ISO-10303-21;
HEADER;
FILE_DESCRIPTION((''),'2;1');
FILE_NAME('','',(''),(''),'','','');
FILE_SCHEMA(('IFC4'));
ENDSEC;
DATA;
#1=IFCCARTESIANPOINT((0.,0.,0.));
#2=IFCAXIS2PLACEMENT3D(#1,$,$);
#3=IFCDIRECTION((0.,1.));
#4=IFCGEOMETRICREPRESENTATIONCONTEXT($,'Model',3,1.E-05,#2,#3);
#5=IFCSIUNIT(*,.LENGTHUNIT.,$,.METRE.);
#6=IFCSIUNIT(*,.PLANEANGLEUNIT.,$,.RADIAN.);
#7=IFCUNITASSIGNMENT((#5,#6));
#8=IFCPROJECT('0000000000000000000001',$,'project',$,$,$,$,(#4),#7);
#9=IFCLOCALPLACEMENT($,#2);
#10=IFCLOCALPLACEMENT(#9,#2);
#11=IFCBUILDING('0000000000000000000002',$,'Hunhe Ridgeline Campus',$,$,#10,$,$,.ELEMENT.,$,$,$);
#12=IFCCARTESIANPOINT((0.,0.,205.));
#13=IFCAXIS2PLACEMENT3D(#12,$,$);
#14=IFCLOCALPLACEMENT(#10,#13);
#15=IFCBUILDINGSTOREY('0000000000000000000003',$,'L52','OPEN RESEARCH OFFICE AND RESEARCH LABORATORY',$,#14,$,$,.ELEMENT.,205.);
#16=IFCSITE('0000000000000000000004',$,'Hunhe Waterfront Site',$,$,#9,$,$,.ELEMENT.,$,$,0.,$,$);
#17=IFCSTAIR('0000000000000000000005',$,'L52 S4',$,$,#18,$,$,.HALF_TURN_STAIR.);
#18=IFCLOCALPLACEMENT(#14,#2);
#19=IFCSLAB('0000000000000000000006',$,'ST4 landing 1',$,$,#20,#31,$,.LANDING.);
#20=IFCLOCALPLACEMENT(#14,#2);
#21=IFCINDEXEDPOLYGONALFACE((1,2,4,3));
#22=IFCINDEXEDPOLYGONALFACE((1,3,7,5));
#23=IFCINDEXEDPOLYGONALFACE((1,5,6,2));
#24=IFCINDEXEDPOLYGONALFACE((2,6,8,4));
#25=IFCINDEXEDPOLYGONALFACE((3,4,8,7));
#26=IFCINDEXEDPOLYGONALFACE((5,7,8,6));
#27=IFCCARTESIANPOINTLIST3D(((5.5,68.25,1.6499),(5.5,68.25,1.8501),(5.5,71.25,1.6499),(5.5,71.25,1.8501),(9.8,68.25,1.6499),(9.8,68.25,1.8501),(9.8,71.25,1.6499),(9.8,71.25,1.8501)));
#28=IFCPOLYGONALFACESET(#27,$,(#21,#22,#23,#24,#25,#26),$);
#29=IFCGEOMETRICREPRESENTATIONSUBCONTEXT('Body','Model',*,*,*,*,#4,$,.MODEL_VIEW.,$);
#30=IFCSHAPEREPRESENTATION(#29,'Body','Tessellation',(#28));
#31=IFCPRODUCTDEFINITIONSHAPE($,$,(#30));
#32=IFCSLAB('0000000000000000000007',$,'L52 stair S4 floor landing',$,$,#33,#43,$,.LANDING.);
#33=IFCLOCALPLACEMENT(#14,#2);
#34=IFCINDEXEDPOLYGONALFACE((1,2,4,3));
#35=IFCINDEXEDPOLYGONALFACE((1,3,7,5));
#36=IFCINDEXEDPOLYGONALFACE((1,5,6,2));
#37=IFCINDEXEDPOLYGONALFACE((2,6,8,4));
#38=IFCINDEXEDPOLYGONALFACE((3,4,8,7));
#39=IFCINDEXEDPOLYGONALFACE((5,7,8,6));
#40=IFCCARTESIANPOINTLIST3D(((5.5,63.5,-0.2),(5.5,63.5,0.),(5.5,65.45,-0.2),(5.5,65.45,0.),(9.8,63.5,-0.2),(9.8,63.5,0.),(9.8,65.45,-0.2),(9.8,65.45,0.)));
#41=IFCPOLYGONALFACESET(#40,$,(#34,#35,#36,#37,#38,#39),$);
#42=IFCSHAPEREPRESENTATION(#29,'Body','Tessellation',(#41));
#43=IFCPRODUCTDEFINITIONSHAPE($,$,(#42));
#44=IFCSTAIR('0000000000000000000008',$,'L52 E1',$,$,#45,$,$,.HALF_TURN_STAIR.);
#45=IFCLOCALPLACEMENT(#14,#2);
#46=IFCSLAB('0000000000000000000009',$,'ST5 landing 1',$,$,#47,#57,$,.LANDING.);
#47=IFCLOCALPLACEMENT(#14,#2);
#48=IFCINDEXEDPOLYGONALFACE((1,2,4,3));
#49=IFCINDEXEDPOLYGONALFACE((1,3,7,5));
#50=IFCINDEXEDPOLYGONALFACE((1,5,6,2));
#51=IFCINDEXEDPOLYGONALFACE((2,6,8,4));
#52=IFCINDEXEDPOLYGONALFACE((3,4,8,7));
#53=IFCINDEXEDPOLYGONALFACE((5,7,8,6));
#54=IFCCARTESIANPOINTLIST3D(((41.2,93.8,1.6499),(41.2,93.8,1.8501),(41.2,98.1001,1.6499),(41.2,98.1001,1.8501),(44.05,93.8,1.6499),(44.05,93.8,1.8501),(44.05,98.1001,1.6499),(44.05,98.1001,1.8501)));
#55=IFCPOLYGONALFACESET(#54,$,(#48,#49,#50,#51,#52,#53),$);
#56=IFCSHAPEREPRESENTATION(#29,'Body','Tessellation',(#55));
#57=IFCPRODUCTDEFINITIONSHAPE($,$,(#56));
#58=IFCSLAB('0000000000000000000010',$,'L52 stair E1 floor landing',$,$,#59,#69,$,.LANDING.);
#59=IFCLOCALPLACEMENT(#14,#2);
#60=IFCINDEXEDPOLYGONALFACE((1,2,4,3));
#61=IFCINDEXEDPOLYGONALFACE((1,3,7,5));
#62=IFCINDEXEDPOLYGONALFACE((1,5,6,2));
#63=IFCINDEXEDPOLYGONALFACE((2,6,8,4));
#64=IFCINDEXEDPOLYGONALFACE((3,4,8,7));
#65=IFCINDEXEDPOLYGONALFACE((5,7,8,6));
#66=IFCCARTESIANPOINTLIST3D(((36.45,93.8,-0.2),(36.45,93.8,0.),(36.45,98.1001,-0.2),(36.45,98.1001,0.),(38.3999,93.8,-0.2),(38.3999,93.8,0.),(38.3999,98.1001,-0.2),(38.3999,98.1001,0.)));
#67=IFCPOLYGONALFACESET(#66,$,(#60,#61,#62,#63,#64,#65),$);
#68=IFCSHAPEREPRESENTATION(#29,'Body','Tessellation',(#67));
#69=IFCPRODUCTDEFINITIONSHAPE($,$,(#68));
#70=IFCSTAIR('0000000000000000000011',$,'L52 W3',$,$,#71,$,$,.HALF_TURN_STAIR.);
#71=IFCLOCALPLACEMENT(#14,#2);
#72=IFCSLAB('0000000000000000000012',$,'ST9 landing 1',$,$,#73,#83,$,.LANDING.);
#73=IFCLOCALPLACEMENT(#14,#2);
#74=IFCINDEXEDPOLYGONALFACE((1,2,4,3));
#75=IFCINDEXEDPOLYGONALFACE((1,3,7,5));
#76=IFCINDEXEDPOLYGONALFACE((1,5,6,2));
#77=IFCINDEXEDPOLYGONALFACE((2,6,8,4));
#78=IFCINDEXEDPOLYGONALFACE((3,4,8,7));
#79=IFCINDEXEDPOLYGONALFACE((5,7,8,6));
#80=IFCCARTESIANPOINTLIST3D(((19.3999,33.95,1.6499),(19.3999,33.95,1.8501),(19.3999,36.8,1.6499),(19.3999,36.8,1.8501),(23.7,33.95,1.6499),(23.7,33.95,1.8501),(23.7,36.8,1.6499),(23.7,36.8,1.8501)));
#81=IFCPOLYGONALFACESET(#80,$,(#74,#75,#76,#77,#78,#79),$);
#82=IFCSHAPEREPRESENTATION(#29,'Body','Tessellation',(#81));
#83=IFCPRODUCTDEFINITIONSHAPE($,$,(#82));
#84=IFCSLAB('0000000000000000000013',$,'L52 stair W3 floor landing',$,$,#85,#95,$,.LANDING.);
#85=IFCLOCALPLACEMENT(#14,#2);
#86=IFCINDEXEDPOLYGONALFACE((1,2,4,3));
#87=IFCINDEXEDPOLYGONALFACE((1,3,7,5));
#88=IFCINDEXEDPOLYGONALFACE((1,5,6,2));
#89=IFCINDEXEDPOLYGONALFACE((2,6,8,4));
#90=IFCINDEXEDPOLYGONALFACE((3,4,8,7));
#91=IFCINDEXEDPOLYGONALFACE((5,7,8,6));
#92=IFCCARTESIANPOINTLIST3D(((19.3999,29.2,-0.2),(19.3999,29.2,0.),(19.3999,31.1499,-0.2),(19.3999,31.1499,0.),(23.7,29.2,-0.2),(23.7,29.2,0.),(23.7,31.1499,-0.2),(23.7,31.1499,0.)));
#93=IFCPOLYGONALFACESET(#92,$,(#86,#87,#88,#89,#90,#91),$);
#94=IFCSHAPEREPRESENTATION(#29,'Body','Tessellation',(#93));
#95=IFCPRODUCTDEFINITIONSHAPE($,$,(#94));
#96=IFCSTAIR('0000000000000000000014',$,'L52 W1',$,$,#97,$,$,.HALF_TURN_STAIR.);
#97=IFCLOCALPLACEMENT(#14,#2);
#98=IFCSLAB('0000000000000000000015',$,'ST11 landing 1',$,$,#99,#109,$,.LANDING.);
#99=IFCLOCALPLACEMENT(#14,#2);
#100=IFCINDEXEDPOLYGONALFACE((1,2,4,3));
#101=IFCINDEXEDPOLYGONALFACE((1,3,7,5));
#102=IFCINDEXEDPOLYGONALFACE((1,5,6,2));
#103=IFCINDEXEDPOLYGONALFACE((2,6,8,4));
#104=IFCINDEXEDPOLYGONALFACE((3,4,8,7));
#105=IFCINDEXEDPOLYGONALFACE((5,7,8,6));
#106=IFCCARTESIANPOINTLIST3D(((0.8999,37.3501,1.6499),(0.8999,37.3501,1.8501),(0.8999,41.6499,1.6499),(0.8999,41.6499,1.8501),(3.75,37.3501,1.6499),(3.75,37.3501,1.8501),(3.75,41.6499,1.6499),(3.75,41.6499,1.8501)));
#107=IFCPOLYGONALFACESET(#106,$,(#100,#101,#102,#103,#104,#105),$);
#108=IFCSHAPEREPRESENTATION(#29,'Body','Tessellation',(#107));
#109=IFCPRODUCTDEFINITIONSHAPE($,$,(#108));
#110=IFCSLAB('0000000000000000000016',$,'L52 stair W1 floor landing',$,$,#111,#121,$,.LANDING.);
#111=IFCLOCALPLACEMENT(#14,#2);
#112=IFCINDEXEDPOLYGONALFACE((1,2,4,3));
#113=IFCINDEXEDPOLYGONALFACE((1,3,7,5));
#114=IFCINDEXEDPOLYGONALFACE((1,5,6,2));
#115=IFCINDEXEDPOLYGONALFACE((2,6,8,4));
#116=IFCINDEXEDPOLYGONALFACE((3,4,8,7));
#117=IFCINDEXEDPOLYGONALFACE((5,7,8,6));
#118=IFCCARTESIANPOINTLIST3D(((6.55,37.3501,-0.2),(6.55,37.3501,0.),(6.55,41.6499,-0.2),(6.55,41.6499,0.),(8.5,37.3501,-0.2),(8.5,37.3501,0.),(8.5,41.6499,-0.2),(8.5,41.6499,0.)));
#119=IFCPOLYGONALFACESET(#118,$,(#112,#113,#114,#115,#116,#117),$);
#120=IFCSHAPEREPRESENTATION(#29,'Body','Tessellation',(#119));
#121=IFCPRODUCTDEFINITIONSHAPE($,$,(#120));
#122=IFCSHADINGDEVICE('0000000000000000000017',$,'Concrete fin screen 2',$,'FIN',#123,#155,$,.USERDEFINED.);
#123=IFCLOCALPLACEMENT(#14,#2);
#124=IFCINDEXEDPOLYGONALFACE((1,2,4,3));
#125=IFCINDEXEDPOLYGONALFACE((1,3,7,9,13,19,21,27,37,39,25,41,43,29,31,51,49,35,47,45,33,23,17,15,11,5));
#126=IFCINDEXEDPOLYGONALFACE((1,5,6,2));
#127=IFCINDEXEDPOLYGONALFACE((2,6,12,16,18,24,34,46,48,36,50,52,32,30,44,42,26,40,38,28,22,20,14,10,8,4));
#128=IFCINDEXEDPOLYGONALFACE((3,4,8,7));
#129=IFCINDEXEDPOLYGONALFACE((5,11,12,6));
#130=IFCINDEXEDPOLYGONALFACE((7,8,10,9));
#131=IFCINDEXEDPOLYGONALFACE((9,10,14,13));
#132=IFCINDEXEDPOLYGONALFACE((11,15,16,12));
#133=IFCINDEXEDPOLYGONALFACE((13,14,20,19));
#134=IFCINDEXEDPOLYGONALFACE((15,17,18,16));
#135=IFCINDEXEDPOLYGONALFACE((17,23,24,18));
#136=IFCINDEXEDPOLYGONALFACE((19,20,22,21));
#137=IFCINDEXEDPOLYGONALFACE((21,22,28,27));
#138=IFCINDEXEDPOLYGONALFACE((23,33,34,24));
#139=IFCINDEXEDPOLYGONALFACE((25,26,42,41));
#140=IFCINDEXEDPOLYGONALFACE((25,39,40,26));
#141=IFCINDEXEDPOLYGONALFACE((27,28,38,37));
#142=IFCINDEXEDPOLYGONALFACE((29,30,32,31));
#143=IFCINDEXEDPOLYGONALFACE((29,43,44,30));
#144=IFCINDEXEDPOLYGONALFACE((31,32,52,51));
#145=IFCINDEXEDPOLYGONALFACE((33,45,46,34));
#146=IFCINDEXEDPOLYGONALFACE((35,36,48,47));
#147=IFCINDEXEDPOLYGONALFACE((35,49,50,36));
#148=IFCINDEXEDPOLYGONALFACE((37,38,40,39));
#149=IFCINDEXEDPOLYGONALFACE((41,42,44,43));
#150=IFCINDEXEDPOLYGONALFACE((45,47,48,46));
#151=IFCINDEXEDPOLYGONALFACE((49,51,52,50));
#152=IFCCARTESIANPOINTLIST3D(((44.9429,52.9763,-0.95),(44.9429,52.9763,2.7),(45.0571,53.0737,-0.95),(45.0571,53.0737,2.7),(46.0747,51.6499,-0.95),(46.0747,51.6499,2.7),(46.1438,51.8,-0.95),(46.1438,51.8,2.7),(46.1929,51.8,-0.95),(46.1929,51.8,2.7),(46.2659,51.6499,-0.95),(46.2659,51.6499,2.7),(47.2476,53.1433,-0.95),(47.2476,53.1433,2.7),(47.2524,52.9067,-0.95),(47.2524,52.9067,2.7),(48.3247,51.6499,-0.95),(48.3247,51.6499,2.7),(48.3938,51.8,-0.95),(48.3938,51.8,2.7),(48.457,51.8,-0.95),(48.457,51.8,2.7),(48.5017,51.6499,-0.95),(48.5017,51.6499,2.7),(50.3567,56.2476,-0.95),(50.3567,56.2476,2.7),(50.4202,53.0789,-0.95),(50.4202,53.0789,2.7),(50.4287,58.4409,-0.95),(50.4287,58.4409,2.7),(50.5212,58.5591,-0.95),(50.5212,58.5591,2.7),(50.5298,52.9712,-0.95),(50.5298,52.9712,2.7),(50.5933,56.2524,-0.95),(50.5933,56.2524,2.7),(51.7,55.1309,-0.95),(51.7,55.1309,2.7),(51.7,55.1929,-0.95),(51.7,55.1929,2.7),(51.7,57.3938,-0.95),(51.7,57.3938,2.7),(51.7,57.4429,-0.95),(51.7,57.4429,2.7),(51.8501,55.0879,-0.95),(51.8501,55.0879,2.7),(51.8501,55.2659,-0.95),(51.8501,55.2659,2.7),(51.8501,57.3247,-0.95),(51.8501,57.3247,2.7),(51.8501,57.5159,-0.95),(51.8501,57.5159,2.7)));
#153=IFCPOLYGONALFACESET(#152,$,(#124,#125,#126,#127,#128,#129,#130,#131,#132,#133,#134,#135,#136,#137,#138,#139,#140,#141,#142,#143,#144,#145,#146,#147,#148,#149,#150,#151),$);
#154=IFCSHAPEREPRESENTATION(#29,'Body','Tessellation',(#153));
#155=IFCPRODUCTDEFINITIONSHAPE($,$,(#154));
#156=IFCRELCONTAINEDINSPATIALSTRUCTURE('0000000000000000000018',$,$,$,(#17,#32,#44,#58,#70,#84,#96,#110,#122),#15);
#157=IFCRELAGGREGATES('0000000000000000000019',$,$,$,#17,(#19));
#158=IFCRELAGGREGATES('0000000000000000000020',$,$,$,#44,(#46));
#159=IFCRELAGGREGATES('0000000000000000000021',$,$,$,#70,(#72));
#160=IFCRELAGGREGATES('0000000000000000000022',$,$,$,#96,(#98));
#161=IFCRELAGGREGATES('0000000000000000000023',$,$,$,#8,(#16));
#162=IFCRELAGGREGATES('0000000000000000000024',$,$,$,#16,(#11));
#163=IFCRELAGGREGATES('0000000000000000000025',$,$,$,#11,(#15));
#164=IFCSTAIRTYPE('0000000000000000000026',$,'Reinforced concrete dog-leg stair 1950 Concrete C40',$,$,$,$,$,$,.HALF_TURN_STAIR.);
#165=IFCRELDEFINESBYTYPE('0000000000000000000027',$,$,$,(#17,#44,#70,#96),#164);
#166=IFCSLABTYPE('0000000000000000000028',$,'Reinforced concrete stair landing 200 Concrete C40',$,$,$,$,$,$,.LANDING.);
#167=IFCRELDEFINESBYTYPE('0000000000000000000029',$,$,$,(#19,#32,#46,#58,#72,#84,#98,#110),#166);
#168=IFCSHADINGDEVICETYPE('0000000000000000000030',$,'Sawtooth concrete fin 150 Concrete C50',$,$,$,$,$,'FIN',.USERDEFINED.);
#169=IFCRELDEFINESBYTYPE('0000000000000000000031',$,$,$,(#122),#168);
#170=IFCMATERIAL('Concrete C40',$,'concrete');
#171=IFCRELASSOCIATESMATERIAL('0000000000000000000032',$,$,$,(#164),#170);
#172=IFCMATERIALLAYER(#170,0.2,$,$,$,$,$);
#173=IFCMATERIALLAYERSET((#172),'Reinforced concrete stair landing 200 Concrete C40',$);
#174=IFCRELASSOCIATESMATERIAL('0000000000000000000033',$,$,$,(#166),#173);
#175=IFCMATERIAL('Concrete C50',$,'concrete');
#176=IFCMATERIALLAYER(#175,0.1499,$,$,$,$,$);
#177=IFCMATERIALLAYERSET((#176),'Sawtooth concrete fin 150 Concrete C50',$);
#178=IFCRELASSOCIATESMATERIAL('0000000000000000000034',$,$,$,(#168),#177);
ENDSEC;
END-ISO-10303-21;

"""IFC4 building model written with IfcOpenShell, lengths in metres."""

from ifc_helpers import new_model, si_unit, direction, frame, origin, place, context, subcontext, project, spatial, polyline, outline, extrude, material, layer, layer_set, type_object, element, aggregate, save


model = new_model("IFC4")

# Units and contexts
model_context = context("Model", 3, precision=1e-05, world=origin(), true_north=direction((0.0, 1.0)))
body_context = subcontext(model_context, "Body", "Model", "MODEL_VIEW")
ifc_project = project(units=[si_unit("LENGTHUNIT", "METRE"), si_unit("PLANEANGLEUNIT", "RADIAN")], contexts=[model_context])

# Site, building, storey
site_placement = place(None, origin())
site = spatial("IfcSite", under=ifc_project, at=site_placement, Name="Hunhe Waterfront Site", CompositionType="ELEMENT", RefElevation=0.0)
building_placement = place(site_placement, origin())
building = spatial("IfcBuilding", under=site, at=building_placement, Name="Hunhe Ridgeline Campus", CompositionType="ELEMENT")
storey_placement = place(building_placement, frame((0.0, 0.0, 205.0)))
storey = spatial("IfcBuildingStorey", under=building, at=storey_placement, Name="L52", Description="OPEN RESEARCH OFFICE AND RESEARCH LABORATORY", CompositionType="ELEMENT", Elevation=205.0)

# Shared definitions
ifc_material_1 = material(Name="Concrete C40", Category="concrete")

# Shared definitions
stair_type = type_object("IfcStairType", Name="Reinforced concrete dog-leg stair 1950 Concrete C40", PredefinedType="HALF_TURN_STAIR", material=ifc_material_1)
ifc_layer_1 = layer(ifc_material_1, 0.2)
ifc_layer_set_1 = layer_set([ifc_layer_1], Name="Reinforced concrete stair landing 200 Concrete C40")
slab_type_1 = type_object("IfcSlabType", Name="Reinforced concrete stair landing 200 Concrete C40", PredefinedType="LANDING", material=ifc_layer_set_1)

# Stair, slab
stair_1_placement = place(storey_placement, origin())
stair_1 = element("IfcStair", 1, at=stair_1_placement, inside=storey, type_object=stair_type, Name="L52 S4", PredefinedType="HALF_TURN_STAIR")
slab_1_placement = place(storey_placement, frame((0.0, 0.0, 1.6499)))
slab_1 = element("IfcSlab", 2, at=slab_1_placement, type_object=slab_type_1, Name="ST4 landing 1", PredefinedType="LANDING", context=body_context, shape_type="SweptSolid", body=[
    extrude(outline(polyline([(9.8, 68.25), (9.8, 71.25), (5.5, 71.25), (5.5, 68.25), (9.8, 68.25)])), origin(), (0.0, 0.0, 1.0), 0.2002),
])
aggregate(stair_1, [slab_1])

# Slab
slab_2_placement = place(storey_placement, frame((0.0, 0.0, -0.2)))
element("IfcSlab", 3, at=slab_2_placement, inside=storey, type_object=slab_type_1, Name="L52 stair S4 floor landing", PredefinedType="LANDING", context=body_context, shape_type="SweptSolid", body=[
    extrude(outline(polyline([(9.8, 63.5), (9.8, 65.45), (5.5, 65.45), (5.5, 63.5), (9.8, 63.5)])), origin(), (0.0, 0.0, 1.0), 0.2),
])

# Stair, slab
stair_2_placement = place(storey_placement, origin())
stair_2 = element("IfcStair", 4, at=stair_2_placement, inside=storey, type_object=stair_type, Name="L52 E1", PredefinedType="HALF_TURN_STAIR")
slab_3_placement = place(storey_placement, frame((0.0, 0.0, 1.6499)))
slab_3 = element("IfcSlab", 5, at=slab_3_placement, type_object=slab_type_1, Name="ST5 landing 1", PredefinedType="LANDING", context=body_context, shape_type="SweptSolid", body=[
    extrude(outline(polyline([(41.2, 93.8), (44.05, 93.8), (44.05, 98.1001), (41.2, 98.1001), (41.2, 93.8)])), origin(), (0.0, 0.0, 1.0), 0.2002),
])
aggregate(stair_2, [slab_3])

# Slab
slab_4_placement = place(storey_placement, frame((0.0, 0.0, -0.2)))
element("IfcSlab", 6, at=slab_4_placement, inside=storey, type_object=slab_type_1, Name="L52 stair E1 floor landing", PredefinedType="LANDING", context=body_context, shape_type="SweptSolid", body=[
    extrude(outline(polyline([(36.45, 93.8), (38.3999, 93.8), (38.3999, 98.1001), (36.45, 98.1001), (36.45, 93.8)])), origin(), (0.0, 0.0, 1.0), 0.2),
])

# Stair, slab
stair_3_placement = place(storey_placement, origin())
stair_3 = element("IfcStair", 7, at=stair_3_placement, inside=storey, type_object=stair_type, Name="L52 W3", PredefinedType="HALF_TURN_STAIR")
slab_5_placement = place(storey_placement, frame((0.0, 0.0, 1.6499)))
slab_5 = element("IfcSlab", 8, at=slab_5_placement, type_object=slab_type_1, Name="ST9 landing 1", PredefinedType="LANDING", context=body_context, shape_type="SweptSolid", body=[
    extrude(outline(polyline([(23.7, 33.95), (23.7, 36.8), (19.3999, 36.8), (19.3999, 33.95), (23.7, 33.95)])), origin(), (0.0, 0.0, 1.0), 0.2002),
])
aggregate(stair_3, [slab_5])

# Slab
slab_6_placement = place(storey_placement, frame((0.0, 0.0, -0.2)))
element("IfcSlab", 9, at=slab_6_placement, inside=storey, type_object=slab_type_1, Name="L52 stair W3 floor landing", PredefinedType="LANDING", context=body_context, shape_type="SweptSolid", body=[
    extrude(outline(polyline([(23.7, 29.2), (23.7, 31.1499), (19.3999, 31.1499), (19.3999, 29.2), (23.7, 29.2)])), origin(), (0.0, 0.0, 1.0), 0.2),
])

# Stair, slab
stair_4_placement = place(storey_placement, origin())
stair_4 = element("IfcStair", 10, at=stair_4_placement, inside=storey, type_object=stair_type, Name="L52 W1", PredefinedType="HALF_TURN_STAIR")
slab_7_placement = place(storey_placement, frame((0.0, 0.0, 1.6499)))
slab_7 = element("IfcSlab", 11, at=slab_7_placement, type_object=slab_type_1, Name="ST11 landing 1", PredefinedType="LANDING", context=body_context, shape_type="SweptSolid", body=[
    extrude(outline(polyline([(3.75, 41.6499), (0.8999, 41.6499), (0.8999, 37.3501), (3.75, 37.3501), (3.75, 41.6499)])), origin(), (0.0, 0.0, 1.0), 0.2002),
])
aggregate(stair_4, [slab_7])

# Slab
slab_8_placement = place(storey_placement, frame((0.0, 0.0, -0.2)))
element("IfcSlab", 12, at=slab_8_placement, inside=storey, type_object=slab_type_1, Name="L52 stair W1 floor landing", PredefinedType="LANDING", context=body_context, shape_type="SweptSolid", body=[
    extrude(outline(polyline([(8.5, 41.6499), (6.55, 41.6499), (6.55, 37.3501), (8.5, 37.3501), (8.5, 41.6499)])), origin(), (0.0, 0.0, 1.0), 0.2),
])

# Shading device
ifc_material_2 = material(Name="Concrete C50", Category="concrete")
ifc_layer_2 = layer(ifc_material_2, 0.1499)
ifc_layer_set_2 = layer_set([ifc_layer_2], Name="Sawtooth concrete fin 150 Concrete C50")
shading_device_type = type_object("IfcShadingDeviceType", Name="Sawtooth concrete fin 150 Concrete C50", ElementType="FIN", PredefinedType="USERDEFINED", material=ifc_layer_set_2)
shading_device_1_placement = place(storey_placement, frame((0.0, 0.0, -0.95)))
element("IfcShadingDevice", 13, at=shading_device_1_placement, inside=storey, type_object=shading_device_type, Name="Concrete fin screen 2", ObjectType="FIN", PredefinedType="USERDEFINED", context=body_context, shape_type="SweptSolid", body=[
    extrude(outline(polyline([(45.0571, 53.0737), (44.9429, 52.9763), (46.0747, 51.6499), (46.2659, 51.6499), (47.2524, 52.9067), (48.3247, 51.6499), (48.5017, 51.6499), (50.5298, 52.9712), (51.8501, 55.0879), (51.8501, 55.2659), (50.5933, 56.2524), (51.8501, 57.3247), (51.8501, 57.5159), (50.5212, 58.5591), (50.4287, 58.4409), (51.7, 57.4429), (51.7, 57.3938), (50.3567, 56.2476), (51.7, 55.1929), (51.7, 55.1309), (50.4202, 53.0789), (48.457, 51.8), (48.3938, 51.8), (47.2476, 53.1433), (46.1929, 51.8), (46.1438, 51.8), (45.0571, 53.0737)])), origin(), (0.0, 0.0, 1.0), 3.6499),
])

save(model, "model.ifc")
